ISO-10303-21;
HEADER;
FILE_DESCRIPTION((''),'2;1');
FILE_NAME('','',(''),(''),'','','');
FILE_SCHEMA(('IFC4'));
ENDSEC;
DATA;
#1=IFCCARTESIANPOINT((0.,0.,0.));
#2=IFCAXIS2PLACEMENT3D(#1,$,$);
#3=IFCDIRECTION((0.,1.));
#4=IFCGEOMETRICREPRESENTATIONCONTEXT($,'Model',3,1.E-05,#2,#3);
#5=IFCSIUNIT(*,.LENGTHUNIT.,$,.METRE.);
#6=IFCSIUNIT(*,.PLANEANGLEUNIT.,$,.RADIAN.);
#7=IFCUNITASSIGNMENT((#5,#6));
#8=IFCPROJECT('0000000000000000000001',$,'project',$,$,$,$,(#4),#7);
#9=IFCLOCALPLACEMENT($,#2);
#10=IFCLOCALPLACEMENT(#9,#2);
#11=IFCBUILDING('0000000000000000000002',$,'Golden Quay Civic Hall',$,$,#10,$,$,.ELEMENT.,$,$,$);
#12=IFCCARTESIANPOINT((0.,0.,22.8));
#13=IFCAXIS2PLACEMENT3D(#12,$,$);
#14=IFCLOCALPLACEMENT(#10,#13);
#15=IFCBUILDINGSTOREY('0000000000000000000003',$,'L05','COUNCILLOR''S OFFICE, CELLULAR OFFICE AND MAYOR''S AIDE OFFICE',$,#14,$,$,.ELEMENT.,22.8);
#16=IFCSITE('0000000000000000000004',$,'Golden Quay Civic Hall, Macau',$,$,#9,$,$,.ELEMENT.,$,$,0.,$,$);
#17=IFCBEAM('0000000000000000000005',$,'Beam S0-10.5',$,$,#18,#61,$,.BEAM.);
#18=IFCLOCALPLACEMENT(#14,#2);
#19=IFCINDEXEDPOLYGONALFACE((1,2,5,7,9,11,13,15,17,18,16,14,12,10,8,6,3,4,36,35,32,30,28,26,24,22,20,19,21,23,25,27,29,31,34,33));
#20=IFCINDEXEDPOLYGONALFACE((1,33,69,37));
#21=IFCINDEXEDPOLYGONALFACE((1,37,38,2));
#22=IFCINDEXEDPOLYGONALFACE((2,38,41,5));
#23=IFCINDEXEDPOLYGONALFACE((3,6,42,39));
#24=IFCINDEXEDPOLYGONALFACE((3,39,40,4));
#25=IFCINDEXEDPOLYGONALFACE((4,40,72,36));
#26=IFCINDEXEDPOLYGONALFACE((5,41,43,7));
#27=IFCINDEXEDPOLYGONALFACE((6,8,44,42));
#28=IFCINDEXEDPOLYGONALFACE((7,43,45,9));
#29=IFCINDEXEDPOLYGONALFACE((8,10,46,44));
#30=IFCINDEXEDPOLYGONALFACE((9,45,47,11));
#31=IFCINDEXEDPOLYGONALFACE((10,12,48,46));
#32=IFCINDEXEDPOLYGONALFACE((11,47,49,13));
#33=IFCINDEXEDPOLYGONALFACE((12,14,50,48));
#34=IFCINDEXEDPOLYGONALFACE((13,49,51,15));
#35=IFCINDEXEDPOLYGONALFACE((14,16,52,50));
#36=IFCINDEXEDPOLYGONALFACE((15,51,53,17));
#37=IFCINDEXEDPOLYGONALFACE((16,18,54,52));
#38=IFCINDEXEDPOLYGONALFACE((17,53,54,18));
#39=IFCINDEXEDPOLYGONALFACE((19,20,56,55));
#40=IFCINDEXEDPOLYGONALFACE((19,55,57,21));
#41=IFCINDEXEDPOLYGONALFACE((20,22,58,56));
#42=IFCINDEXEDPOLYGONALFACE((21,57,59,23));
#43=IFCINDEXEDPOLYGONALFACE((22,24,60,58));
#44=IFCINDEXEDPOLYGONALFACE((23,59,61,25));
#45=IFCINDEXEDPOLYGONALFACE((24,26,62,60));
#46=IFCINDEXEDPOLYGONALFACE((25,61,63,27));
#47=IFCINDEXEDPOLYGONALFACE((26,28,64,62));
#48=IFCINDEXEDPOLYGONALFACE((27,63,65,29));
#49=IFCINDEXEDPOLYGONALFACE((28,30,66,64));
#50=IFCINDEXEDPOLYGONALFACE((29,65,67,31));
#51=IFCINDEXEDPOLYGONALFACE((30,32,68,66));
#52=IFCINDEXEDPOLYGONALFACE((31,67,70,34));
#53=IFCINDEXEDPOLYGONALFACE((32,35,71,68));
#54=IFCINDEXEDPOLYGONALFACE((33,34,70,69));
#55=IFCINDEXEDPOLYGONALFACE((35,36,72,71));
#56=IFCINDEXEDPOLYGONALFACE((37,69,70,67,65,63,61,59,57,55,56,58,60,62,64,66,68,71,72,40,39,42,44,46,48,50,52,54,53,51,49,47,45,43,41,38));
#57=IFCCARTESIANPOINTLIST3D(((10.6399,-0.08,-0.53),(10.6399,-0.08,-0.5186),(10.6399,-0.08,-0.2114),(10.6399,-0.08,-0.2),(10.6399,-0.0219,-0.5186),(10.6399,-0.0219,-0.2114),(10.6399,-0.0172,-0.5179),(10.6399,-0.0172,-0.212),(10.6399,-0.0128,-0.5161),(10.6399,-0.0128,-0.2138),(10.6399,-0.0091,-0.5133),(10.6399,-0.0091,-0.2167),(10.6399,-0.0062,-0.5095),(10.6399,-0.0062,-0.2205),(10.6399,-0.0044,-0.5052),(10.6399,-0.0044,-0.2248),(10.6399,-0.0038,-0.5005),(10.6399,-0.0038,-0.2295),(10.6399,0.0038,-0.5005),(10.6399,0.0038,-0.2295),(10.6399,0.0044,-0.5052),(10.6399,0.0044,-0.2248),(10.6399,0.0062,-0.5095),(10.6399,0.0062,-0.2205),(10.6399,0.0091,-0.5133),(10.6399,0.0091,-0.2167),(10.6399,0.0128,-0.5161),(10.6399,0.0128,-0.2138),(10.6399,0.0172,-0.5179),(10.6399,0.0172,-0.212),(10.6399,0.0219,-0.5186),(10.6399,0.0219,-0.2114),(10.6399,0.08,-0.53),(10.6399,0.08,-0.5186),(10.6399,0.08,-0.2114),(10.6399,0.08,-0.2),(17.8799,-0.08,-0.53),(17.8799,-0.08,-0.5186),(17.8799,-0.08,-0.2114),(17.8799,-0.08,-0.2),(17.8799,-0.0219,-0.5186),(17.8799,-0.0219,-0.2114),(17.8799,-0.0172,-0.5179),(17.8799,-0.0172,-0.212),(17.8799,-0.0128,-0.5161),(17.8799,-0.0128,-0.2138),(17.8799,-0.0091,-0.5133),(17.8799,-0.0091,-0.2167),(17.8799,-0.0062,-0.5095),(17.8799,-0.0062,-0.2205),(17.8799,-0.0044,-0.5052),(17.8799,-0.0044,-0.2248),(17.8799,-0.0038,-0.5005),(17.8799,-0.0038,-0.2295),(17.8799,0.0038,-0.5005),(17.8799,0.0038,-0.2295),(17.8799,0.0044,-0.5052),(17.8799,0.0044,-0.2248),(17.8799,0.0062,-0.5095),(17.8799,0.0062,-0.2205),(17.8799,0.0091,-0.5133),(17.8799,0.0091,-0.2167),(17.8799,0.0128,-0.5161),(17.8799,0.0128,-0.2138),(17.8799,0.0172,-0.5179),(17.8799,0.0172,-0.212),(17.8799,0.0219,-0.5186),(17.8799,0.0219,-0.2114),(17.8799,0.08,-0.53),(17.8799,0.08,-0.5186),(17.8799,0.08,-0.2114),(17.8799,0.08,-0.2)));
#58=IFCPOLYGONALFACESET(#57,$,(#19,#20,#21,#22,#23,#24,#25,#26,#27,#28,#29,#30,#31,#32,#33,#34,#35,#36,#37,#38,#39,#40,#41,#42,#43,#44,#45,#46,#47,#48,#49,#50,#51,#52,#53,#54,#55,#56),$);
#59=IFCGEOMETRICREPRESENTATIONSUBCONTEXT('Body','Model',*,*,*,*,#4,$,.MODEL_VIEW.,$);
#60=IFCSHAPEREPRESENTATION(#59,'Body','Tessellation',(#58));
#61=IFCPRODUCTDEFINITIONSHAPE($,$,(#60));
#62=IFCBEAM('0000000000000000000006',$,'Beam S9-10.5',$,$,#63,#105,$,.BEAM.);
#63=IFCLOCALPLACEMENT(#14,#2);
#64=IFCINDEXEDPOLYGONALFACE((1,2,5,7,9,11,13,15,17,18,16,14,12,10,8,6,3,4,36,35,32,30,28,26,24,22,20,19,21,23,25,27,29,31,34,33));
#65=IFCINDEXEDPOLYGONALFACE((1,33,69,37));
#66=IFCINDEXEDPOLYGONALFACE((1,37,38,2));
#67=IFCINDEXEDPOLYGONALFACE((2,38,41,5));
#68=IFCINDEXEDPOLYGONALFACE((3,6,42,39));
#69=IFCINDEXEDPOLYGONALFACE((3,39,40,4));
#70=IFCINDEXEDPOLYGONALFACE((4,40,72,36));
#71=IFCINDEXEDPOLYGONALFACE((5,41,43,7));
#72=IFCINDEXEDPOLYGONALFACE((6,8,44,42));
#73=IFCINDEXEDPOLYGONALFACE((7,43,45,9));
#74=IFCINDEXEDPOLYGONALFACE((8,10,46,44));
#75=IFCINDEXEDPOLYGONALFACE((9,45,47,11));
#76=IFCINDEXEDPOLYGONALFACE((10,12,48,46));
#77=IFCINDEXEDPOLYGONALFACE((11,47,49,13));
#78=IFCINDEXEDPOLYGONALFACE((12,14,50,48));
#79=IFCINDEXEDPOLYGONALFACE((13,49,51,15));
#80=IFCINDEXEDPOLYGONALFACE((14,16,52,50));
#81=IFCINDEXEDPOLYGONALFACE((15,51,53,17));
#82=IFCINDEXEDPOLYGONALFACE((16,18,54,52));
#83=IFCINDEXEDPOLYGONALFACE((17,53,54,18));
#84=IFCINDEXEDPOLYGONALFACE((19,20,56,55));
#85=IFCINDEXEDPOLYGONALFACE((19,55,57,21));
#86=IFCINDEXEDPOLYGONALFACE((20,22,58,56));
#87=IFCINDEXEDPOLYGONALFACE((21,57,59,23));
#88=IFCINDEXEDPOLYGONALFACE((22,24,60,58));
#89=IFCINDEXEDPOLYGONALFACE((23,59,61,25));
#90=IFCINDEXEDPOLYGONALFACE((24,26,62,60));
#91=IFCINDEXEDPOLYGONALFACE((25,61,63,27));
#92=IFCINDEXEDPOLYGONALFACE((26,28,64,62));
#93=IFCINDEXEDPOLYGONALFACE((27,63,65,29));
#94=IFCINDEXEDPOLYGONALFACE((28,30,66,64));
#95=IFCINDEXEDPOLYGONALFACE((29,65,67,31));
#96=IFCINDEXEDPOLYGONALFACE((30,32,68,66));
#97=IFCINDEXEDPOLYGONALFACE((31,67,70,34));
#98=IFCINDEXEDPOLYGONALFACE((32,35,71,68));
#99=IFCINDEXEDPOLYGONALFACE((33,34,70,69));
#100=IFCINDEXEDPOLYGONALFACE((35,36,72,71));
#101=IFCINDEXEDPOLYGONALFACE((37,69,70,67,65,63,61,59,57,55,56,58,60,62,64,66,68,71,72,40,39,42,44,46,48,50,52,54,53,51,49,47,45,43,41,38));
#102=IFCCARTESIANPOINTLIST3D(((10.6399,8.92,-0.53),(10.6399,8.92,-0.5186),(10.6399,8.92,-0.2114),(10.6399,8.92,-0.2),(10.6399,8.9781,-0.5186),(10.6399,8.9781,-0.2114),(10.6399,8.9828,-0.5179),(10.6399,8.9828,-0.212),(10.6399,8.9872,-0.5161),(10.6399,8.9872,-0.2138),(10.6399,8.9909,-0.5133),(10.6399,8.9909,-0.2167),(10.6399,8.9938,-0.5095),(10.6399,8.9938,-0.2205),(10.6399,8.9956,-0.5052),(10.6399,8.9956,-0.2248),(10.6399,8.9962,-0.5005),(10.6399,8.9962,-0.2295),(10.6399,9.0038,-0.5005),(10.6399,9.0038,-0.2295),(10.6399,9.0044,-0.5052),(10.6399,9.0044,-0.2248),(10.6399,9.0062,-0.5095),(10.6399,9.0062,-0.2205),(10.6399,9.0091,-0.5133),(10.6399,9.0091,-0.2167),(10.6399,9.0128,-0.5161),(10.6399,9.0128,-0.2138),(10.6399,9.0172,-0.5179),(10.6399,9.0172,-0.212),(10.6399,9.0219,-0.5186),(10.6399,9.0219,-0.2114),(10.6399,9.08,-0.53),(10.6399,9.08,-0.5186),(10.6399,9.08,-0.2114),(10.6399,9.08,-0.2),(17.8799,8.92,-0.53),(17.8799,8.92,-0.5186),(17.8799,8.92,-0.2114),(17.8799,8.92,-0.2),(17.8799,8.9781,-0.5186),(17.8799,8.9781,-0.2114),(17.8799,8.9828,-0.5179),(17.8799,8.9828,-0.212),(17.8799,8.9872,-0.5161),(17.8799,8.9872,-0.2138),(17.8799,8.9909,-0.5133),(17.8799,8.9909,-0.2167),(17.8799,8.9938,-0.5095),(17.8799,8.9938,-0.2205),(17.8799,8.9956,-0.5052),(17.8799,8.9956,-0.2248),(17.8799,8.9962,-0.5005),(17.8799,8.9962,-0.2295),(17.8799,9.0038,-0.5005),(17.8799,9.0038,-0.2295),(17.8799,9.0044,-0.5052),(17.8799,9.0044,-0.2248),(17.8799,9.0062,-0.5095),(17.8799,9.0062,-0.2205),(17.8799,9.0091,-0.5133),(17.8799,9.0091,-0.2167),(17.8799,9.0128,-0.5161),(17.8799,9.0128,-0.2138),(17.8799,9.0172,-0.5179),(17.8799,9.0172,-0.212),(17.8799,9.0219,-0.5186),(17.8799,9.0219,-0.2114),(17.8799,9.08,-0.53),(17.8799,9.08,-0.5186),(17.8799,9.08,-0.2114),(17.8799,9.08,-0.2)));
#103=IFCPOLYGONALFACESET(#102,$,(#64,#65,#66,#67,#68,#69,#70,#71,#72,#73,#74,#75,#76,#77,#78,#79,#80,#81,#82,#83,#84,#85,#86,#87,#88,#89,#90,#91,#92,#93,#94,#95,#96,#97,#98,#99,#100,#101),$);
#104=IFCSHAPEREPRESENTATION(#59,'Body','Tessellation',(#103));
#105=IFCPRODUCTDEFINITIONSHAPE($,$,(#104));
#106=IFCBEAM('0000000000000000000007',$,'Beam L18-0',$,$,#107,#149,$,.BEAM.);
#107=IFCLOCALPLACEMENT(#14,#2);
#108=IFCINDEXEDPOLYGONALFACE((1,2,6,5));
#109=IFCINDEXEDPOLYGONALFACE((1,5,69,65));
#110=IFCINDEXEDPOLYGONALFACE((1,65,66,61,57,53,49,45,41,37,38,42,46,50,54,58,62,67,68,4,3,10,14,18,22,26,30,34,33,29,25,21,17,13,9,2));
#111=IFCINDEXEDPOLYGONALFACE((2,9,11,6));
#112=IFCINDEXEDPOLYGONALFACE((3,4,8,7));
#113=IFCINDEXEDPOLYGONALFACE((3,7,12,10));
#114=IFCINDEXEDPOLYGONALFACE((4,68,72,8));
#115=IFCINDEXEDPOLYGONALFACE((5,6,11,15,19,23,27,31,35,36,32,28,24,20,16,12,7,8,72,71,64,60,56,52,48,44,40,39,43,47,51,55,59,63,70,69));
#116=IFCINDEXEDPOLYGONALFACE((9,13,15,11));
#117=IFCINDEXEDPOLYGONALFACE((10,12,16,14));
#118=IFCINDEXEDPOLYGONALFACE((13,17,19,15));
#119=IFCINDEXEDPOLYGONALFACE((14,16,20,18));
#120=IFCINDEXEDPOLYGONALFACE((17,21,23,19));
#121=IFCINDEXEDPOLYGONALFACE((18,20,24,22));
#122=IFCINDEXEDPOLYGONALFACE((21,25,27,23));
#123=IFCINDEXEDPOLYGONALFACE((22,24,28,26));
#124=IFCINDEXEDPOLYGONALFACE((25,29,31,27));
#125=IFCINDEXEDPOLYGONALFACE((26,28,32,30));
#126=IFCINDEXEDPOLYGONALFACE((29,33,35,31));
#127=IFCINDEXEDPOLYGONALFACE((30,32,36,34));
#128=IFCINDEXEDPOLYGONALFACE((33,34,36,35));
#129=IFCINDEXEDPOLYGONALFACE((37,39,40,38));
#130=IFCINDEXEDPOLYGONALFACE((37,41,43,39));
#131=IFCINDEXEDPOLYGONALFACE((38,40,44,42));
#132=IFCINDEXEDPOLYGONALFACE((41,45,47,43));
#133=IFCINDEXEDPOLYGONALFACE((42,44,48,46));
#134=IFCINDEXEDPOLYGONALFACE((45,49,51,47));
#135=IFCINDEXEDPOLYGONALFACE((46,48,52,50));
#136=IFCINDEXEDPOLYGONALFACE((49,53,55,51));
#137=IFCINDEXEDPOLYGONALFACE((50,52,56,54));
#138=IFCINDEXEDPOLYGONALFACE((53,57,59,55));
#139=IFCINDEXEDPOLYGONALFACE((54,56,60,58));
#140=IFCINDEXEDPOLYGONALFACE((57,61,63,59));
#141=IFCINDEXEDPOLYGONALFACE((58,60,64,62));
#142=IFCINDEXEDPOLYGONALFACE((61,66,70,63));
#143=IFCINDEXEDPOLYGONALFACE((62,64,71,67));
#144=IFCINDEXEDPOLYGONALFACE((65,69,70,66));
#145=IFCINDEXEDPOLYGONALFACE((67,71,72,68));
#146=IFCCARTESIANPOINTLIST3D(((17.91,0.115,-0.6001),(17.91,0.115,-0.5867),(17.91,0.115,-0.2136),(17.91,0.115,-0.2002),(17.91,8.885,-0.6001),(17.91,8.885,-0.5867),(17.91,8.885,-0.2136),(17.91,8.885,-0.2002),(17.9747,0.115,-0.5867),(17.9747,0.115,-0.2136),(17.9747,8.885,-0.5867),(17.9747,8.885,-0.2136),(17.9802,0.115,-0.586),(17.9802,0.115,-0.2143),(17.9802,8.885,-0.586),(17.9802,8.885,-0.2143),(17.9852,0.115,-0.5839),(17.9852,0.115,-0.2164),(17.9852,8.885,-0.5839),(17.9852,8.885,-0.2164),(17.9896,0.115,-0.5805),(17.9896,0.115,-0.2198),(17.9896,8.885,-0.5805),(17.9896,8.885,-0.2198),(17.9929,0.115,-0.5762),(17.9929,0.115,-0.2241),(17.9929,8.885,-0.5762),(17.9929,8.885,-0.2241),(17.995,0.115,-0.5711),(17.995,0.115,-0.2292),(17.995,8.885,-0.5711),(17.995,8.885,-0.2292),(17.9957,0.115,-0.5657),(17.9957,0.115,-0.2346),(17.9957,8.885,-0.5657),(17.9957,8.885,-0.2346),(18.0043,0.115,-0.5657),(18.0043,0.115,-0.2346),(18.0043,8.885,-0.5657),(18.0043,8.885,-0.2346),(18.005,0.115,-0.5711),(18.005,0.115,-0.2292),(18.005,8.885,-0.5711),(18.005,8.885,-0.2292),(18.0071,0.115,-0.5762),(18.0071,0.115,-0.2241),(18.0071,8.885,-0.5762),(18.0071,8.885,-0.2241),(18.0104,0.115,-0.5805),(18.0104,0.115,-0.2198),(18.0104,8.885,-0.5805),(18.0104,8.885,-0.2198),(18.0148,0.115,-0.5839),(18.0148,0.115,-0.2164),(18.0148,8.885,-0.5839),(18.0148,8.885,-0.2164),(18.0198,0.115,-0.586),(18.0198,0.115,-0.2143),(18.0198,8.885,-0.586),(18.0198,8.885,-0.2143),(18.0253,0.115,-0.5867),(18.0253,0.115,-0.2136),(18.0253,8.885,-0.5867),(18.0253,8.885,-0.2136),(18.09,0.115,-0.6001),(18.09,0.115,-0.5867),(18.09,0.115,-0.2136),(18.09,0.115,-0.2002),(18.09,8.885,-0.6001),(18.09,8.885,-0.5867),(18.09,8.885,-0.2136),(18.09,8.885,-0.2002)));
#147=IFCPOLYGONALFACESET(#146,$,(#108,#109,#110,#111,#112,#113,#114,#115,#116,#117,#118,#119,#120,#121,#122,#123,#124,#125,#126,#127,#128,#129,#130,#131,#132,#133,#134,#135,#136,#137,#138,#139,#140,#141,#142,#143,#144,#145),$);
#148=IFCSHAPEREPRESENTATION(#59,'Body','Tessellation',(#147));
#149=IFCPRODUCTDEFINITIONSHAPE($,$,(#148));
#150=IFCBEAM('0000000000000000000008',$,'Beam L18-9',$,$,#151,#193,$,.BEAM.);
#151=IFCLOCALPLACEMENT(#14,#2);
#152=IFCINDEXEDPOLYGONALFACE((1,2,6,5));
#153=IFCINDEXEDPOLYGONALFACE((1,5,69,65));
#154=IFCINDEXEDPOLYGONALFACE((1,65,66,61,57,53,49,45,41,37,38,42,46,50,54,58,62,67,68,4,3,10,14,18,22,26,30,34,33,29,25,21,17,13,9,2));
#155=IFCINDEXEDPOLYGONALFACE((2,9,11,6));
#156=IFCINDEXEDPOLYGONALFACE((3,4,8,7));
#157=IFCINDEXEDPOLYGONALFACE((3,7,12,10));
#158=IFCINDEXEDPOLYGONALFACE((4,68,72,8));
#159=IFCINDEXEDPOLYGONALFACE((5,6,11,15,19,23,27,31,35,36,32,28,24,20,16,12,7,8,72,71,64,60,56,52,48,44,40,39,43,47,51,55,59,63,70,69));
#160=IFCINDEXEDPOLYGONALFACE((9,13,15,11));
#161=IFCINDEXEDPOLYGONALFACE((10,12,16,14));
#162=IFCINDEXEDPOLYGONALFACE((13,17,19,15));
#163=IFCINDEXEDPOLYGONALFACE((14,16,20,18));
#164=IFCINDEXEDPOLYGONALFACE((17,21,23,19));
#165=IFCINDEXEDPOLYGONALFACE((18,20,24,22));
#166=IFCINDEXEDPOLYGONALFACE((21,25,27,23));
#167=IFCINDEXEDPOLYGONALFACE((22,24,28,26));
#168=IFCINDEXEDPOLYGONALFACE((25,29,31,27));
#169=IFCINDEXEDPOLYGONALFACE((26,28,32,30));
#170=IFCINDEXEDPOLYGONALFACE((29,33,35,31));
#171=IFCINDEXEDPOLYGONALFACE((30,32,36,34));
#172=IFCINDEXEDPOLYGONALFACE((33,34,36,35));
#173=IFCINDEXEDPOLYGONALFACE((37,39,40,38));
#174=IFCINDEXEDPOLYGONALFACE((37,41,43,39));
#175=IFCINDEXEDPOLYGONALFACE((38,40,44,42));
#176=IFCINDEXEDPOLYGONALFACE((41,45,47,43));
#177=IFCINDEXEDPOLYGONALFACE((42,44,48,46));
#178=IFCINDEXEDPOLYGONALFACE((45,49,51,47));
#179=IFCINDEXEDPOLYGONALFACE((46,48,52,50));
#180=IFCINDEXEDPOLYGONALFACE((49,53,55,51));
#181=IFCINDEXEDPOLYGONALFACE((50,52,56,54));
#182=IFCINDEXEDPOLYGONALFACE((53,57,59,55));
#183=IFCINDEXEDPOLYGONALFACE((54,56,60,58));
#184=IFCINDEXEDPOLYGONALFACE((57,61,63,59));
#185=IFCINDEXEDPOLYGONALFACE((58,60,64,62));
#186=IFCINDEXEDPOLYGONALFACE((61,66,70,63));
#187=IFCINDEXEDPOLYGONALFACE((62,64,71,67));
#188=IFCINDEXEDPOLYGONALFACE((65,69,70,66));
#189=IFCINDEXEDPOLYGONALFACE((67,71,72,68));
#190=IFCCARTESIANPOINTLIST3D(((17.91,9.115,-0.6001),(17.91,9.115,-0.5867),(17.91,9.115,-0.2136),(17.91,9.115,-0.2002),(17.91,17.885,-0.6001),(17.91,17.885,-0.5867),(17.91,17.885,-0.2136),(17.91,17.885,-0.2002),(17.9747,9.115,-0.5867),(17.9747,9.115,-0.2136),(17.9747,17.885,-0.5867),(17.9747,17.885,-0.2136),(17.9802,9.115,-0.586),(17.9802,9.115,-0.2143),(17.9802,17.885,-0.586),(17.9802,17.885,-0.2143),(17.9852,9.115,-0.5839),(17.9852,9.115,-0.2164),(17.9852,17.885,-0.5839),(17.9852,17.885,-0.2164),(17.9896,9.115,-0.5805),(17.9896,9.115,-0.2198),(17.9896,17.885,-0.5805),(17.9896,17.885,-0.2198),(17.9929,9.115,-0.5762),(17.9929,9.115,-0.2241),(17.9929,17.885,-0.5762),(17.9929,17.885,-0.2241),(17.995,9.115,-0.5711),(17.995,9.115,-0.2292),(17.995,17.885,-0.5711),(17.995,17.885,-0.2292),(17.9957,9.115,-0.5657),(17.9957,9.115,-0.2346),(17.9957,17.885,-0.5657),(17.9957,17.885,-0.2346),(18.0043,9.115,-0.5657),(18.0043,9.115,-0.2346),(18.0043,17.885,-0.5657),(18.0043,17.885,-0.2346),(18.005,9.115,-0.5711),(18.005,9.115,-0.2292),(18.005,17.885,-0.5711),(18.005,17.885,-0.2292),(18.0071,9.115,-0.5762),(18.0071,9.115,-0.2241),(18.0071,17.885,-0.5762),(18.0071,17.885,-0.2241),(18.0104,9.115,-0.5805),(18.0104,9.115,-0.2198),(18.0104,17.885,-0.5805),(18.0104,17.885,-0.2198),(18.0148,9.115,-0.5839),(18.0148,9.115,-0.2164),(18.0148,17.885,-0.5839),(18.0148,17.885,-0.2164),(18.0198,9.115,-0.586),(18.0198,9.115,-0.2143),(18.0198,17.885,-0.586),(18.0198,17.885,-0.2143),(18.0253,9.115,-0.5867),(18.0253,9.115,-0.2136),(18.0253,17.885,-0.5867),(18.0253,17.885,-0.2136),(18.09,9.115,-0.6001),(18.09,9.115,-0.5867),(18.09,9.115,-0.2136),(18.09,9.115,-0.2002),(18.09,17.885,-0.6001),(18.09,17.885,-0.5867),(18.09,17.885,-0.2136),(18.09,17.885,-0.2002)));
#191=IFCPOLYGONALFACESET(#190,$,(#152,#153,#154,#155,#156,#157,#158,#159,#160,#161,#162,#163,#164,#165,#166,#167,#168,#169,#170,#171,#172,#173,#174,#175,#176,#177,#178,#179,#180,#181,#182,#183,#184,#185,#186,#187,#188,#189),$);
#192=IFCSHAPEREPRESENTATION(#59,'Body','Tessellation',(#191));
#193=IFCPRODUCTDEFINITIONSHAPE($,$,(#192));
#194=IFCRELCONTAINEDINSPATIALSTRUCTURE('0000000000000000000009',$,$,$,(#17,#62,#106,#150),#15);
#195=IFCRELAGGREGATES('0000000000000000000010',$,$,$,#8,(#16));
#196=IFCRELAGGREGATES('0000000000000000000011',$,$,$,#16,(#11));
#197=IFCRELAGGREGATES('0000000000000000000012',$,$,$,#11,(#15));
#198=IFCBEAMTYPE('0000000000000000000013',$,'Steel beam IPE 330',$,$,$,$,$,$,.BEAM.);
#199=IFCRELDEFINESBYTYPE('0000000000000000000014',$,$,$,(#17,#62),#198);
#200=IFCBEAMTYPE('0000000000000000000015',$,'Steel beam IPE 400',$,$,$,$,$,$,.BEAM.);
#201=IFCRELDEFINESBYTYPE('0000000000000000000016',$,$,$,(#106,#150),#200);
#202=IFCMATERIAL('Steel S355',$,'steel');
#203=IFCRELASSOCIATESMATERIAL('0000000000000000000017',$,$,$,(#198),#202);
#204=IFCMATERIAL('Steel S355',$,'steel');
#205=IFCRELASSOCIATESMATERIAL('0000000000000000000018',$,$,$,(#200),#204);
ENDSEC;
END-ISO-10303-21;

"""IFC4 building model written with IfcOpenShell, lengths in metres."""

from ifc_helpers import new_model, si_unit, direction, frame, origin, origin_2d, place, context, subcontext, project, spatial, i_section, extrude, material, material_profile, profile_set, type_object, element, save


model = new_model("IFC4")

# Units and contexts
model_context = context("Model", 3, precision=1e-05, world=origin(), true_north=direction((0.0, 1.0)))
body_context = subcontext(model_context, "Body", "Model", "MODEL_VIEW")
ifc_project = project(units=[si_unit("LENGTHUNIT", "METRE"), si_unit("PLANEANGLEUNIT", "RADIAN")], contexts=[model_context])

# Site, building, storey
site_placement = place(None, origin())
site = spatial("IfcSite", under=ifc_project, at=site_placement, Name="Golden Quay Civic Hall, Macau", CompositionType="ELEMENT", RefElevation=0.0)
building_placement = place(site_placement, origin())
building = spatial("IfcBuilding", under=site, at=building_placement, Name="Golden Quay Civic Hall", CompositionType="ELEMENT")
storey_placement = place(building_placement, frame((0.0, 0.0, 22.8)))
storey = spatial("IfcBuildingStorey", under=building, at=storey_placement, Name="L05", Description="COUNCILLOR'S OFFICE, CELLULAR OFFICE AND MAYOR'S AIDE OFFICE", CompositionType="ELEMENT", Elevation=22.8)

# Beams
ifc_material_1 = material(Name="Steel S355", Category="steel")
ifc_material_profile_1 = material_profile(ifc_material_1, i_section(OverallWidth=0.1599, OverallDepth=0.3301, WebThickness=0.0076, FlangeThickness=0.0115, FilletRadius=0.0181, at=origin_2d()), Name="IPE 330")
ifc_profile_set_1 = profile_set([ifc_material_profile_1], Name="Steel S355")
beam_type_1 = type_object("IfcBeamType", Name="Steel beam IPE 330", PredefinedType="BEAM", material=ifc_profile_set_1)
for number, where, z_axis, x_axis, name in (
    (1, (10.6399, 0.0, -0.365), (1.0, 0.0, 0.0), (0.0, 1.0, 0.0), "Beam S0-10.5"),
    (2, (10.6399, 9.0, -0.365), (1.0, 0.0, 0.0), (0.0, 1.0, 0.0), "Beam S9-10.5"),
):
    element("IfcBeam", number, at=place(storey_placement, frame(where, z_axis=z_axis, x_axis=x_axis)), inside=storey, type_object=beam_type_1, Name=name, PredefinedType="BEAM", context=body_context, shape_type="SweptSolid", body=[
        extrude(i_section(OverallWidth=0.1599, OverallDepth=0.3301, WebThickness=0.0076, FlangeThickness=0.0115, FilletRadius=0.0181, at=origin_2d()), origin(), (0.0, 0.0, 1.0), 7.24),
    ])
ifc_material_2 = material(Name="Steel S355", Category="steel")
ifc_material_profile_2 = material_profile(ifc_material_2, i_section(OverallWidth=0.1799, OverallDepth=0.3999, WebThickness=0.0085, FlangeThickness=0.0134, FilletRadius=0.021, at=origin_2d()), Name="IPE 400")
ifc_profile_set_2 = profile_set([ifc_material_profile_2], Name="Steel S355")
beam_type_2 = type_object("IfcBeamType", Name="Steel beam IPE 400", PredefinedType="BEAM", material=ifc_profile_set_2)
for number, where, z_axis, x_axis, name in (
    (3, (18.0, 0.115, -0.4001), (0.0, 1.0, 0.0), (-1.0, 0.0, 0.0), "Beam L18-0"),
    (4, (18.0, 9.115, -0.4001), (0.0, 1.0, 0.0), (-1.0, 0.0, 0.0), "Beam L18-9"),
):
    element("IfcBeam", number, at=place(storey_placement, frame(where, z_axis=z_axis, x_axis=x_axis)), inside=storey, type_object=beam_type_2, Name=name, PredefinedType="BEAM", context=body_context, shape_type="SweptSolid", body=[
        extrude(i_section(OverallWidth=0.1799, OverallDepth=0.3999, WebThickness=0.0085, FlangeThickness=0.0134, FilletRadius=0.021, at=origin_2d()), origin(), (0.0, 0.0, 1.0), 8.77),
    ])

save(model, "model.ifc")
